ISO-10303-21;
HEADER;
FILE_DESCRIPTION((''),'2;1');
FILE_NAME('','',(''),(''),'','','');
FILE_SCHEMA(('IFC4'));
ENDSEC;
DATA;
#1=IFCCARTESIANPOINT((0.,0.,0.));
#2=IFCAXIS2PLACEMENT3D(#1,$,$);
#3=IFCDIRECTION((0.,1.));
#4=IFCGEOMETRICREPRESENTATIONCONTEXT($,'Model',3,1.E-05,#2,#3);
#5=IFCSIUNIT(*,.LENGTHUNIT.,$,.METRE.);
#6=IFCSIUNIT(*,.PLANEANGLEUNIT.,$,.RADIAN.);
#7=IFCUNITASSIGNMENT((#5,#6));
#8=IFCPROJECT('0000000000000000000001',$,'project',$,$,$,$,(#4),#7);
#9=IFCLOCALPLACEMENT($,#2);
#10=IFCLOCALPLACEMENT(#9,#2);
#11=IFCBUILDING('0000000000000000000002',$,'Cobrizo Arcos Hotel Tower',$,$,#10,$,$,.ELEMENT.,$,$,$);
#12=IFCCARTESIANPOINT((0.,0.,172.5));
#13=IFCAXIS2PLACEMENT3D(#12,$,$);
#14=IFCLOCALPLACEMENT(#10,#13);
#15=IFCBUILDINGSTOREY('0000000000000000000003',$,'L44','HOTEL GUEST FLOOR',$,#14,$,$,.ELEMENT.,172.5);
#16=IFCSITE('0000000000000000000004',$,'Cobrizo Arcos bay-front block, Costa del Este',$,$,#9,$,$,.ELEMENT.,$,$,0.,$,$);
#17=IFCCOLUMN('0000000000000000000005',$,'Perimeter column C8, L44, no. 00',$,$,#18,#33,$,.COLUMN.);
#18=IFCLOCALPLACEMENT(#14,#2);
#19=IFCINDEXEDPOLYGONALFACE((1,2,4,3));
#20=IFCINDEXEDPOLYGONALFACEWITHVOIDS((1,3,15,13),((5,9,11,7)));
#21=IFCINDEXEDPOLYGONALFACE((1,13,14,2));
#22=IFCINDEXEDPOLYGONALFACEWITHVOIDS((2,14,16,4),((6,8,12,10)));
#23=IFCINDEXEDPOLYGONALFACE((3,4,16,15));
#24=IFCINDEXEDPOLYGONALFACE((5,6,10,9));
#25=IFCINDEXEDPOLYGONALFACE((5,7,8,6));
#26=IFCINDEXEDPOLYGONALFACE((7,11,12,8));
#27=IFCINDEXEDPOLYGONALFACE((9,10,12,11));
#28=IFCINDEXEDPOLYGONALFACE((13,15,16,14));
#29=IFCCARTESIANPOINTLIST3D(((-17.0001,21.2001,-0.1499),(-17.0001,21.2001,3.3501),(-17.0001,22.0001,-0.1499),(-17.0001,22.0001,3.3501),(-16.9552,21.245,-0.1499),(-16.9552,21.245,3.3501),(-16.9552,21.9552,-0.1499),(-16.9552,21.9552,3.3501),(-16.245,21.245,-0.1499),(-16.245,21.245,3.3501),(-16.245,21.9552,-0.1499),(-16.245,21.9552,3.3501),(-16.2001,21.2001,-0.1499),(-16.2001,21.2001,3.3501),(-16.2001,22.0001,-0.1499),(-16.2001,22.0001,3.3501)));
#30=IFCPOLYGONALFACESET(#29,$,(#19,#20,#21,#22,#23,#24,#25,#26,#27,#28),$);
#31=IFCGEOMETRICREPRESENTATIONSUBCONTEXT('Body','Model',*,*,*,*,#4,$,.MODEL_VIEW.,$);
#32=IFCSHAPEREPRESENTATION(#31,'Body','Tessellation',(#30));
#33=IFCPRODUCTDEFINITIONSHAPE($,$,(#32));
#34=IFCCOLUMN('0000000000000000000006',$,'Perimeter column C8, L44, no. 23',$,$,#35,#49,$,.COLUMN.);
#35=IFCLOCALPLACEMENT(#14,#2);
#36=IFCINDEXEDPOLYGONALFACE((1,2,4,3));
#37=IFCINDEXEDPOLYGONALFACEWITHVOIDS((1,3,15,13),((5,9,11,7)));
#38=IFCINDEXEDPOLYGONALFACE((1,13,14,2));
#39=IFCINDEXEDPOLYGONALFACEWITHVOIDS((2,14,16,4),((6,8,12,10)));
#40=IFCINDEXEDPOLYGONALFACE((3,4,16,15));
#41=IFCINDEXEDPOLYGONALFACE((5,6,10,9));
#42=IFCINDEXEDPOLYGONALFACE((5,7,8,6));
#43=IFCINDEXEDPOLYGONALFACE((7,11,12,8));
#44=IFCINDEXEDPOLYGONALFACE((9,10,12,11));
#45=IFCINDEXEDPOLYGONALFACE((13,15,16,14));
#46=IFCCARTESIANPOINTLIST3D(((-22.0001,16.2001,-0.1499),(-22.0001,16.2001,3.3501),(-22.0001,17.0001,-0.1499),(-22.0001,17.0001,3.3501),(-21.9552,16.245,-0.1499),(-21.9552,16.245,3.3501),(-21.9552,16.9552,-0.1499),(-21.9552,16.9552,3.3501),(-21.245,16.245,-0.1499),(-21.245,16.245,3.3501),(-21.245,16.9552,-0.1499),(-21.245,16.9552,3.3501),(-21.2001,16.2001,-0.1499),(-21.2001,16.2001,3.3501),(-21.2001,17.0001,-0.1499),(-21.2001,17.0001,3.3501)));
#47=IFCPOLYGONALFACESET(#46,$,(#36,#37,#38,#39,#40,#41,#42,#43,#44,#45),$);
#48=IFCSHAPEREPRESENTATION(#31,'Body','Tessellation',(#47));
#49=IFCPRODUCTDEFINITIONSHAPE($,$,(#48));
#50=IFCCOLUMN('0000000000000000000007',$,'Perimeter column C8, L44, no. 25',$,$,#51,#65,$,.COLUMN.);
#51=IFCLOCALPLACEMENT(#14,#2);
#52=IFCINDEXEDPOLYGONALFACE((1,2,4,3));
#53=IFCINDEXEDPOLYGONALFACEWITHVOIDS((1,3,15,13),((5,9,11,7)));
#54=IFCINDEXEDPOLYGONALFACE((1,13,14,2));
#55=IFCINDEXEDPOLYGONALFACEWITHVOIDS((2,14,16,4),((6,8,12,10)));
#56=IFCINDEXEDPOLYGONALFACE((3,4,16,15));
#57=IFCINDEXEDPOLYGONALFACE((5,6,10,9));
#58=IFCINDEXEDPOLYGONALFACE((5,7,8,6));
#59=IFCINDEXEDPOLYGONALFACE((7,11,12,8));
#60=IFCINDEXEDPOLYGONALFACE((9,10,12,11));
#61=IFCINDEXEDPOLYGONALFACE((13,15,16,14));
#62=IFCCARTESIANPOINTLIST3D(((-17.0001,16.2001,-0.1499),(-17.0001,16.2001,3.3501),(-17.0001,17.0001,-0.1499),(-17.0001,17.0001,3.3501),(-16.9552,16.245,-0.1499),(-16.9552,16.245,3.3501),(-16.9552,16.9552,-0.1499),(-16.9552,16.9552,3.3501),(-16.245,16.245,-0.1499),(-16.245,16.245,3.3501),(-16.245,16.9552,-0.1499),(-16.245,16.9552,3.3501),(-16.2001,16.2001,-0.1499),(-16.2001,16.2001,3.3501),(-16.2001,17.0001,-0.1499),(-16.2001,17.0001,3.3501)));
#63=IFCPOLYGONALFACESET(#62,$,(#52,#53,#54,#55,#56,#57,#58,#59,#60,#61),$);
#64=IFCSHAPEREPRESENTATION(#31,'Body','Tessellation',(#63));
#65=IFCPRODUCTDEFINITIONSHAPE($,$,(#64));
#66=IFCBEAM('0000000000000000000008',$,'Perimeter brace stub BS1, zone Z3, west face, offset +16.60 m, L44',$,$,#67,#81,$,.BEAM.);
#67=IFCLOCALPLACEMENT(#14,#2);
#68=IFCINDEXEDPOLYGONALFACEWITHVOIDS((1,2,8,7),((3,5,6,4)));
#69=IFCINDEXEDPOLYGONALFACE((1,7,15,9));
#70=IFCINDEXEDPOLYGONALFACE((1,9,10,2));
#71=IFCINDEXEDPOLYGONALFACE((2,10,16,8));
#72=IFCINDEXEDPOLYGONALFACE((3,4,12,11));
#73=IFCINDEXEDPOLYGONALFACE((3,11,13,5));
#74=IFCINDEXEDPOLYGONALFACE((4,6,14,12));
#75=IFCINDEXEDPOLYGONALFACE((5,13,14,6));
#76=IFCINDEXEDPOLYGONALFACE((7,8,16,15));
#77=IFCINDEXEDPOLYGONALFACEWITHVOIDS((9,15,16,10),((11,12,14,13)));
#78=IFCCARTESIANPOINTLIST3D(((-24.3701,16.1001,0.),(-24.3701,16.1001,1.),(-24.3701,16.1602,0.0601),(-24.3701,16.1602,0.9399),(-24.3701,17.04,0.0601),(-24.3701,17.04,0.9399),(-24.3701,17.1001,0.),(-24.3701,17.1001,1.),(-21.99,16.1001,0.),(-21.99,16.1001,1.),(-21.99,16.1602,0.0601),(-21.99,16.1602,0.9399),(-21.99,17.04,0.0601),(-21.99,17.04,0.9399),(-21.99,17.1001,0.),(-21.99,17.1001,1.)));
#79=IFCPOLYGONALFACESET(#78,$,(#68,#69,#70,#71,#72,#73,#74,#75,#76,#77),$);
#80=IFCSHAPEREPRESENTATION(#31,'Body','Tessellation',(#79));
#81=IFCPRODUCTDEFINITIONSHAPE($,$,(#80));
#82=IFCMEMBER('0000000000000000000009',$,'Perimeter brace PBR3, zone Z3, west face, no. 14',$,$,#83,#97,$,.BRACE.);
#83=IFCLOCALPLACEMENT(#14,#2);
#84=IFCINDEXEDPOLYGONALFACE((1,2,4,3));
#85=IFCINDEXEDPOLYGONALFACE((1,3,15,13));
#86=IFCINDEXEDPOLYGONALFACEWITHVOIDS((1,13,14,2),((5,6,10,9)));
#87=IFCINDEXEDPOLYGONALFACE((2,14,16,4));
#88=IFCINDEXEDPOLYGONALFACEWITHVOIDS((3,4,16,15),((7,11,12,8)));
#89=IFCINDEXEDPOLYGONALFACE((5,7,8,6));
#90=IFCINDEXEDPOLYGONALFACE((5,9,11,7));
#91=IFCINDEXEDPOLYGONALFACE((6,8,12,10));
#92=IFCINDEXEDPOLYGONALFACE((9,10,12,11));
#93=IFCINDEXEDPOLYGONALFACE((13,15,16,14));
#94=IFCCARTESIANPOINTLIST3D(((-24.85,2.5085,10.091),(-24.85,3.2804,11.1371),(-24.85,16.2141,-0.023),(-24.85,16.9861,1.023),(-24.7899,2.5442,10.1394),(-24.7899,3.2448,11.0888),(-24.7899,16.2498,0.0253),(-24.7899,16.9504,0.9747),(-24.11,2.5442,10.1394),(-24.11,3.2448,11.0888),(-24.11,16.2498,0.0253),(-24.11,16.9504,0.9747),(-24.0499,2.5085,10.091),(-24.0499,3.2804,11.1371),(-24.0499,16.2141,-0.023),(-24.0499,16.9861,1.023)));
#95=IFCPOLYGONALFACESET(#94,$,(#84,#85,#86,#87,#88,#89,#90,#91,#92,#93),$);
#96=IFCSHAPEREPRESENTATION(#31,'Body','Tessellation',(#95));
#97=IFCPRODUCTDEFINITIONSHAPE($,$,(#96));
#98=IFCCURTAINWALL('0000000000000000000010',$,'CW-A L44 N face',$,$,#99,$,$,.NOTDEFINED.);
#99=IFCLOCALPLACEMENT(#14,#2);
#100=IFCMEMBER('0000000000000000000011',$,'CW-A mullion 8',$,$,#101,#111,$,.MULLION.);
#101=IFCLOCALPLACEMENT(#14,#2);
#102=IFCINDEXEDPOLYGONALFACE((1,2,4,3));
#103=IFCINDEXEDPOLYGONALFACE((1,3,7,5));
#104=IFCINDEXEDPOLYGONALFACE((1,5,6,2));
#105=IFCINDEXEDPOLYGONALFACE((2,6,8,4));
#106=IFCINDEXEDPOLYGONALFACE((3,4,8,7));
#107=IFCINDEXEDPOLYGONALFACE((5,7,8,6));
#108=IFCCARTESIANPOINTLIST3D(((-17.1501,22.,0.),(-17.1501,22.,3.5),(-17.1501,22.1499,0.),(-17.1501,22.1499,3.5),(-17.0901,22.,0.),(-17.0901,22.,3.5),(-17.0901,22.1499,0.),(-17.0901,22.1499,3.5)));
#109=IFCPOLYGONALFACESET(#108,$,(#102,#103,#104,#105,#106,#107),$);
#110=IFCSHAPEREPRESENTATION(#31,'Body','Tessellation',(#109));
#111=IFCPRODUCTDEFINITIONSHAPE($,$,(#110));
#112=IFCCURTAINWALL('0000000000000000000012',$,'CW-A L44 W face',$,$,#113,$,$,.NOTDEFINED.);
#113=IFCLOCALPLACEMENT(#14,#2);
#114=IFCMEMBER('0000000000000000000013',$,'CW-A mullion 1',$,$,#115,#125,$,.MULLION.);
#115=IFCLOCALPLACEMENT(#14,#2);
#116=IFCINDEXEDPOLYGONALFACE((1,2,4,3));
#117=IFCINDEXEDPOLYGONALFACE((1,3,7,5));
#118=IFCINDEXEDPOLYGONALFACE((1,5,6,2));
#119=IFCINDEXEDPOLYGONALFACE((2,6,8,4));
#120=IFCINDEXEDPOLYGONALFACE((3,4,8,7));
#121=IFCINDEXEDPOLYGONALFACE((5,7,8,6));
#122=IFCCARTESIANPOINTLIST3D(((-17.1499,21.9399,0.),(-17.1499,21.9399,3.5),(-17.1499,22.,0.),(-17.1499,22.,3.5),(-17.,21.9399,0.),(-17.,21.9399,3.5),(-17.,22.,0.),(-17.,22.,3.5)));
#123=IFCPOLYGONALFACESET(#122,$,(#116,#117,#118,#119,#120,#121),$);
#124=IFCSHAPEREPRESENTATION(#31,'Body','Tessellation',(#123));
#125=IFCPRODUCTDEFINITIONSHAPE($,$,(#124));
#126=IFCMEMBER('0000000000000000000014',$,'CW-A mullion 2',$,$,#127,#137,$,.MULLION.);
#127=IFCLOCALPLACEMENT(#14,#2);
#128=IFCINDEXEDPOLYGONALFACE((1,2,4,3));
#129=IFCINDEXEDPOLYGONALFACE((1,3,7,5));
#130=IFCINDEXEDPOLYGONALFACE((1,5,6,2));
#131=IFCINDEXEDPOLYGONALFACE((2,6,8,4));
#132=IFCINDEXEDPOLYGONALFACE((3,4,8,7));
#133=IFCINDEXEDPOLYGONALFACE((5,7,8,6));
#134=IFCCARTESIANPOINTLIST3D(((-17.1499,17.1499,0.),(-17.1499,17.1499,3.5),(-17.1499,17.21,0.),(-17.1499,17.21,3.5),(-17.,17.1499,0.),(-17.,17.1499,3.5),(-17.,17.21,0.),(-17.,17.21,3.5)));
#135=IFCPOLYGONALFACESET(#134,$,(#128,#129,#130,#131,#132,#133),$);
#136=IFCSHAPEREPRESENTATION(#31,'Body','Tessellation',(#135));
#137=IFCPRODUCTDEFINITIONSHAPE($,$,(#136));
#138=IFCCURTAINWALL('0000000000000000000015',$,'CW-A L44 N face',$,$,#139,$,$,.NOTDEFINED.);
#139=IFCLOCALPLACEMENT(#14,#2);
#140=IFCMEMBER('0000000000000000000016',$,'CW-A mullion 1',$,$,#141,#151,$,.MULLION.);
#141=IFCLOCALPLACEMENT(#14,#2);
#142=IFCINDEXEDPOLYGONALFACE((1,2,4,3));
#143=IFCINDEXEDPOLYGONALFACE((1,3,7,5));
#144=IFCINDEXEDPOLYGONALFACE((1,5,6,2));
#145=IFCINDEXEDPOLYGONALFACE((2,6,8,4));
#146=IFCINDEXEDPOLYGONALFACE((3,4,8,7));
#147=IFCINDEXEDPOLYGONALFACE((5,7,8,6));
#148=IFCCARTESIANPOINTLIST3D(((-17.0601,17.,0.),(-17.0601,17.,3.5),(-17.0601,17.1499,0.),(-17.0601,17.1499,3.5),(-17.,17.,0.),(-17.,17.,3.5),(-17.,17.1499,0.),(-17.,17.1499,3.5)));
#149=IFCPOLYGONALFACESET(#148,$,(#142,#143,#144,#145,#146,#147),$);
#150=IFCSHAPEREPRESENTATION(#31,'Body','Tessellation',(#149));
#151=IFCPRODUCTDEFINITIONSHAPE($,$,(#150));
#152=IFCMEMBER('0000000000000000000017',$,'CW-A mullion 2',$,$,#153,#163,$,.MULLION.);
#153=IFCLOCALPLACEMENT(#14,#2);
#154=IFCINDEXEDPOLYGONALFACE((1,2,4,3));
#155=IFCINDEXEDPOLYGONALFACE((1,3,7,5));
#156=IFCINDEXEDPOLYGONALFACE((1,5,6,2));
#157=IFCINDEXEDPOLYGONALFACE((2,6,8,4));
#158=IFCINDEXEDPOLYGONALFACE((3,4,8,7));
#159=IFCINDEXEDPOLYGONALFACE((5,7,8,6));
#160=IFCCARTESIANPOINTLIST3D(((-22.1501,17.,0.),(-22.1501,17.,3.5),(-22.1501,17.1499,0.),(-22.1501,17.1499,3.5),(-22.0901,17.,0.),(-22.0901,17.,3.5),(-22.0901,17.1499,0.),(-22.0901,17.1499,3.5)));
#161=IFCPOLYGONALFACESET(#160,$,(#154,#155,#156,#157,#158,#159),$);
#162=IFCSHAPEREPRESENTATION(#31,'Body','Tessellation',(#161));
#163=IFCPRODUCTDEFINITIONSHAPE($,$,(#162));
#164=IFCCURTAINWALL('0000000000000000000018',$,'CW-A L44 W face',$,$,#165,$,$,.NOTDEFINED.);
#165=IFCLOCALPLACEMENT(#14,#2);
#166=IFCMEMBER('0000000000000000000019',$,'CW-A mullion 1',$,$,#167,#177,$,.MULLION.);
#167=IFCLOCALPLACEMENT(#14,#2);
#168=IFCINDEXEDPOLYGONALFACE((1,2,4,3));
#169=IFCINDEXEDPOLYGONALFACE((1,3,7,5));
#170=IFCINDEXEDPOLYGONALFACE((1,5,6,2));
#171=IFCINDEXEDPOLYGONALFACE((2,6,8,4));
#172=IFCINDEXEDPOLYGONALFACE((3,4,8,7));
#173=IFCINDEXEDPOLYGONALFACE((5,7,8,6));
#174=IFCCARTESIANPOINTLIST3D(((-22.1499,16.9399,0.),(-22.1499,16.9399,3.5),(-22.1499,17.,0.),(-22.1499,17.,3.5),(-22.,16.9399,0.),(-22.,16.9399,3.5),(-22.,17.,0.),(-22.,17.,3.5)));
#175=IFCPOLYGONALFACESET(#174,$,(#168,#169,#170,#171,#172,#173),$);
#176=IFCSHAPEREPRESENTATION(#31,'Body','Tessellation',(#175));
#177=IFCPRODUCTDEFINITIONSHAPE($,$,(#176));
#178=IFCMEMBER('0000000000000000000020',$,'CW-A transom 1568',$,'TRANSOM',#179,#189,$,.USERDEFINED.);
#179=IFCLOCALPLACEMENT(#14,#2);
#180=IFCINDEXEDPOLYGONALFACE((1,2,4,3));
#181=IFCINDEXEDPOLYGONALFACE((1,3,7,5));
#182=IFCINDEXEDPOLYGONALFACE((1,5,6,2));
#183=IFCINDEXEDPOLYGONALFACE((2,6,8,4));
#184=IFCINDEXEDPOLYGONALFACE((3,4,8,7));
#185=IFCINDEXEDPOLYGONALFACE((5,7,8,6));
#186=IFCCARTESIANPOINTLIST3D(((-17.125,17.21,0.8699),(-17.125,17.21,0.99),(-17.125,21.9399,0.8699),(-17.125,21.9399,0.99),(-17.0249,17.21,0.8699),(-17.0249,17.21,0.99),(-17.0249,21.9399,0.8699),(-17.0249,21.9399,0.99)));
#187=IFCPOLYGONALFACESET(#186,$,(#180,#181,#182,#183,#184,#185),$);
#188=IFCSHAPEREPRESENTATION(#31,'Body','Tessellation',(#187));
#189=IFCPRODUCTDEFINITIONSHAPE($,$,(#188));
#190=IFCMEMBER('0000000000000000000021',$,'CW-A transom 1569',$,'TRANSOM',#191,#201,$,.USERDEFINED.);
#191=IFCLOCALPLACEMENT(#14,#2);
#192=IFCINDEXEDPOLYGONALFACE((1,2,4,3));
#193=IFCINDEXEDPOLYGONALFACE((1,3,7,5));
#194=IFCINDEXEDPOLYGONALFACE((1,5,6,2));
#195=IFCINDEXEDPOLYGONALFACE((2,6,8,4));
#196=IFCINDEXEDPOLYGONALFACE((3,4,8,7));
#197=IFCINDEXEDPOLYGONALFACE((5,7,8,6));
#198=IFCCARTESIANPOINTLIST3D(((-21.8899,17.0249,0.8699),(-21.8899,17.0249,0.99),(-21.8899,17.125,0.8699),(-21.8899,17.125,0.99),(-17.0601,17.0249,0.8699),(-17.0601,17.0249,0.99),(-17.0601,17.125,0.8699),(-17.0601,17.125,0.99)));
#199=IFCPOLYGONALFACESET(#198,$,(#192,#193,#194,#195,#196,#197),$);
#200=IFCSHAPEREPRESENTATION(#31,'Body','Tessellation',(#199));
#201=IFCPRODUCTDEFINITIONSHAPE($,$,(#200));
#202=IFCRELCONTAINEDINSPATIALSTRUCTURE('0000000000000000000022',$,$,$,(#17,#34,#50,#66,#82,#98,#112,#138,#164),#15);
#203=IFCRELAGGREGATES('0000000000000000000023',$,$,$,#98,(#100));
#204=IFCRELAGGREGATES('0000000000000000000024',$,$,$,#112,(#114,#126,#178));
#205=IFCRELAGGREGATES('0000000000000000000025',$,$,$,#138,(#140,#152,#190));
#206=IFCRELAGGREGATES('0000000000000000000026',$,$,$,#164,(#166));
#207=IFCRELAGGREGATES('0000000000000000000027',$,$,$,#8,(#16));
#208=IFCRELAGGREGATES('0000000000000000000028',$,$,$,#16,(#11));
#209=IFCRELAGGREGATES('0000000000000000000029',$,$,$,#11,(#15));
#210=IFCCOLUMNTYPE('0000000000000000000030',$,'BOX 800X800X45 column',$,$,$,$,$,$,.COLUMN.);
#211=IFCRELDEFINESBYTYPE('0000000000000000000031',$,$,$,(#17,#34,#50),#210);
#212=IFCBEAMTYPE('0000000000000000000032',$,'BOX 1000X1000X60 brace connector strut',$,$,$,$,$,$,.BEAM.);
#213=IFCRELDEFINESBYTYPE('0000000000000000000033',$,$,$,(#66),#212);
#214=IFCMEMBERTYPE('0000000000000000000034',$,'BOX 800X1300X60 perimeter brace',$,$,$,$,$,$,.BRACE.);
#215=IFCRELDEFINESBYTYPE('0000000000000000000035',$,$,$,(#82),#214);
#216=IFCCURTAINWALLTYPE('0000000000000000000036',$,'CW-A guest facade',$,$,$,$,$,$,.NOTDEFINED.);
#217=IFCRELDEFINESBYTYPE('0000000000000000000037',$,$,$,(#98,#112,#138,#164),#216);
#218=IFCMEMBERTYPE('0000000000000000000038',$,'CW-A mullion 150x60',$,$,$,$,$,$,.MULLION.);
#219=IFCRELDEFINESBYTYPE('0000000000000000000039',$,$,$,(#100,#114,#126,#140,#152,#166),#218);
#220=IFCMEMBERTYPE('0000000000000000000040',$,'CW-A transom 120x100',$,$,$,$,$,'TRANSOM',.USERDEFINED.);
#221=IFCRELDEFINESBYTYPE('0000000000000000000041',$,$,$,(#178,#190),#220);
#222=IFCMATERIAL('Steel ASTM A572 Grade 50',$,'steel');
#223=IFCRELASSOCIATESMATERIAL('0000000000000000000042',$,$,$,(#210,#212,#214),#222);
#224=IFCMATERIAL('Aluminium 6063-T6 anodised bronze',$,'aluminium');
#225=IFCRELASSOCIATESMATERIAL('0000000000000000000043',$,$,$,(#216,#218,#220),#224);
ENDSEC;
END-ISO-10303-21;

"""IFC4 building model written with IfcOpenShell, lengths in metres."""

from ifc_helpers import new_model, si_unit, direction, frame, origin, origin_2d, place, context, subcontext, project, spatial, rectangle, hollow_rectangle, extrude, material, material_profile, profile_set, type_object, element, aggregate, save


model = new_model("IFC4")

# Units and contexts
model_context = context("Model", 3, precision=1e-05, world=origin(), true_north=direction((0.0, 1.0)))
body_context = subcontext(model_context, "Body", "Model", "MODEL_VIEW")
ifc_project = project(units=[si_unit("LENGTHUNIT", "METRE"), si_unit("PLANEANGLEUNIT", "RADIAN")], contexts=[model_context])

# Site, building, storey
site_placement = place(None, origin())
site = spatial("IfcSite", under=ifc_project, at=site_placement, Name="Cobrizo Arcos bay-front block, Costa del Este", CompositionType="ELEMENT", RefElevation=0.0)
building_placement = place(site_placement, origin())
building = spatial("IfcBuilding", under=site, at=building_placement, Name="Cobrizo Arcos Hotel Tower", CompositionType="ELEMENT")
storey_placement = place(building_placement, frame((0.0, 0.0, 172.5)))
storey = spatial("IfcBuildingStorey", under=building, at=storey_placement, Name="L44", Description="HOTEL GUEST FLOOR", CompositionType="ELEMENT", Elevation=172.5)

# Columns
ifc_material_1 = material(Name="Steel ASTM A572 Grade 50", Category="steel")
ifc_material_profile_1 = material_profile(ifc_material_1, hollow_rectangle(XDim=0.8, YDim=0.8, WallThickness=0.0449, at=origin_2d()), Name="BOX 800X800X45")
ifc_profile_set_1 = profile_set([ifc_material_profile_1], Name="Steel ASTM A572 Grade 50")
column_type = type_object("IfcColumnType", Name="BOX 800X800X45 column", PredefinedType="COLUMN", material=ifc_profile_set_1)
for number, where, z_axis, x_axis, name in (
    (1, (-16.6001, 21.6001, -0.1499), (0.0, 0.0, 1.0), (1.0, 0.0, 0.0), "Perimeter column C8, L44, no. 00"),
    (2, (-21.6001, 16.6001, -0.1499), (0.0, 0.0, 1.0), (1.0, 0.0, 0.0), "Perimeter column C8, L44, no. 23"),
    (3, (-16.6001, 16.6001, -0.1499), (0.0, 0.0, 1.0), (1.0, 0.0, 0.0), "Perimeter column C8, L44, no. 25"),
):
    element("IfcColumn", number, at=place(storey_placement, frame(where, z_axis=z_axis, x_axis=x_axis)), inside=storey, type_object=column_type, Name=name, PredefinedType="COLUMN", context=body_context, shape_type="SweptSolid", body=[
        extrude(hollow_rectangle(XDim=0.8, YDim=0.8, WallThickness=0.0449, at=origin_2d()), origin(), (0.0, 0.0, 1.0), 3.5),
    ])

# Beam
ifc_material_profile_2 = material_profile(ifc_material_1, hollow_rectangle(XDim=1.0, YDim=1.0, WallThickness=0.0601, at=origin_2d()), Name="BOX 1000X1000X60")
ifc_profile_set_2 = profile_set([ifc_material_profile_2], Name="Steel ASTM A572 Grade 50")
beam_type_1 = type_object("IfcBeamType", Name="BOX 1000X1000X60 brace connector strut", PredefinedType="BEAM", material=ifc_profile_set_2)
beam_1_placement = place(storey_placement, frame((-21.99, 16.6001, 0.5), z_axis=(-1.0, 0.0, 0.0), x_axis=(0.0, -1.0, 0.0)))
element("IfcBeam", 4, at=beam_1_placement, inside=storey, type_object=beam_type_1, Name="Perimeter brace stub BS1, zone Z3, west face, offset +16.60 m, L44", PredefinedType="BEAM", context=body_context, shape_type="SweptSolid", body=[
    extrude(hollow_rectangle(XDim=1.0, YDim=1.0, WallThickness=0.0601, at=origin_2d()), origin(), (0.0, 0.0, 1.0), 2.3801),
])

# Member
ifc_material_profile_3 = material_profile(ifc_material_1, hollow_rectangle(XDim=0.8, YDim=1.3, WallThickness=0.0601, at=origin_2d()), Name="BOX 800X1300X60")
ifc_profile_set_3 = profile_set([ifc_material_profile_3], Name="Steel ASTM A572 Grade 50")
member_type_1 = type_object("IfcMemberType", Name="BOX 800X1300X60 perimeter brace", PredefinedType="BRACE", material=ifc_profile_set_3)
member_1_placement = place(storey_placement, frame((-24.45, 16.6001, 0.5), z_axis=(0.0, -0.80463, 0.593776), x_axis=(1.0, 0.0, 0.0)))
element("IfcMember", 5, at=member_1_placement, inside=storey, type_object=member_type_1, Name="Perimeter brace PBR3, zone Z3, west face, no. 14", PredefinedType="BRACE", context=body_context, shape_type="SweptSolid", body=[
    extrude(hollow_rectangle(XDim=0.8, YDim=1.3, WallThickness=0.0601, at=origin_2d()), origin(), (0.0, 0.0, 1.0), 17.0334),
])

# Curtain wall, member
ifc_material_2 = material(Name="Aluminium 6063-T6 anodised bronze", Category="aluminium")
curtain_wall_type = type_object("IfcCurtainWallType", Name="CW-A guest facade", PredefinedType="NOTDEFINED", material=ifc_material_2)
curtain_wall_1_placement = place(storey_placement, origin())
curtain_wall_1 = element("IfcCurtainWall", 6, at=curtain_wall_1_placement, inside=storey, type_object=curtain_wall_type, Name="CW-A L44 N face", PredefinedType="NOTDEFINED")
ifc_material_profile_4 = material_profile(ifc_material_2, rectangle(XDim=0.1499, YDim=0.0601, at=origin_2d()), Name="CW-A mullion 150x60")
ifc_profile_set_4 = profile_set([ifc_material_profile_4], Name="Aluminium 6063-T6 anodised bronze")
member_type_2 = type_object("IfcMemberType", Name="CW-A mullion 150x60", PredefinedType="MULLION", material=ifc_profile_set_4)
member_2_placement = place(storey_placement, frame((-17.1201, 22.075, 0.0), z_axis=(0.0, 0.0, 1.0), x_axis=(0.0, 1.0, 0.0)))
member_2 = element("IfcMember", 7, at=member_2_placement, type_object=member_type_2, Name="CW-A mullion 8", PredefinedType="MULLION", context=body_context, shape_type="SweptSolid", body=[
    extrude(rectangle(XDim=0.1499, YDim=0.0601, at=origin_2d()), origin(), (0.0, 0.0, 1.0), 3.5),
])
aggregate(curtain_wall_1, [member_2])

# Curtain walls, members
curtain_wall_2_placement = place(storey_placement, origin())
curtain_wall_2 = element("IfcCurtainWall", 8, at=curtain_wall_2_placement, inside=storey, type_object=curtain_wall_type, Name="CW-A L44 W face", PredefinedType="NOTDEFINED")
member_3_placement = place(storey_placement, frame((-17.075, 21.97, 0.0), z_axis=(0.0, 0.0, 1.0), x_axis=(-1.0, 0.0, 0.0)))
member_3 = element("IfcMember", 9, at=member_3_placement, type_object=member_type_2, Name="CW-A mullion 1", PredefinedType="MULLION", context=body_context, shape_type="SweptSolid", body=[
    extrude(rectangle(XDim=0.1499, YDim=0.0601, at=origin_2d()), origin(), (0.0, 0.0, 1.0), 3.5),
])
member_4_placement = place(storey_placement, frame((-17.075, 17.1799, 0.0), z_axis=(0.0, 0.0, 1.0), x_axis=(-1.0, 0.0, 0.0)))
member_4 = element("IfcMember", 10, at=member_4_placement, type_object=member_type_2, Name="CW-A mullion 2", PredefinedType="MULLION", context=body_context, shape_type="SweptSolid", body=[
    extrude(rectangle(XDim=0.1499, YDim=0.0601, at=origin_2d()), origin(), (0.0, 0.0, 1.0), 3.5),
])
curtain_wall_3_placement = place(storey_placement, origin())
curtain_wall_3 = element("IfcCurtainWall", 11, at=curtain_wall_3_placement, inside=storey, type_object=curtain_wall_type, Name="CW-A L44 N face", PredefinedType="NOTDEFINED")
member_5_placement = place(storey_placement, frame((-17.03, 17.075, 0.0), z_axis=(0.0, 0.0, 1.0), x_axis=(0.0, 1.0, 0.0)))
member_5 = element("IfcMember", 12, at=member_5_placement, type_object=member_type_2, Name="CW-A mullion 1", PredefinedType="MULLION", context=body_context, shape_type="SweptSolid", body=[
    extrude(rectangle(XDim=0.1499, YDim=0.0601, at=origin_2d()), origin(), (0.0, 0.0, 1.0), 3.5),
])
member_6_placement = place(storey_placement, frame((-22.1201, 17.075, 0.0), z_axis=(0.0, 0.0, 1.0), x_axis=(0.0, 1.0, 0.0)))
member_6 = element("IfcMember", 13, at=member_6_placement, type_object=member_type_2, Name="CW-A mullion 2", PredefinedType="MULLION", context=body_context, shape_type="SweptSolid", body=[
    extrude(rectangle(XDim=0.1499, YDim=0.0601, at=origin_2d()), origin(), (0.0, 0.0, 1.0), 3.5),
])

# Curtain wall, member
curtain_wall_4_placement = place(storey_placement, origin())
curtain_wall_4 = element("IfcCurtainWall", 14, at=curtain_wall_4_placement, inside=storey, type_object=curtain_wall_type, Name="CW-A L44 W face", PredefinedType="NOTDEFINED")
member_7_placement = place(storey_placement, frame((-22.075, 16.97, 0.0), z_axis=(0.0, 0.0, 1.0), x_axis=(-1.0, 0.0, 0.0)))
member_7 = element("IfcMember", 15, at=member_7_placement, type_object=member_type_2, Name="CW-A mullion 1", PredefinedType="MULLION", context=body_context, shape_type="SweptSolid", body=[
    extrude(rectangle(XDim=0.1499, YDim=0.0601, at=origin_2d()), origin(), (0.0, 0.0, 1.0), 3.5),
])

# Members
ifc_material_profile_5 = material_profile(ifc_material_2, rectangle(XDim=0.1001, YDim=0.1201, at=origin_2d()), Name="CW-A transom 120x100")
ifc_profile_set_5 = profile_set([ifc_material_profile_5], Name="Aluminium 6063-T6 anodised bronze")
member_type_3 = type_object("IfcMemberType", Name="CW-A transom 120x100", ElementType="TRANSOM", PredefinedType="USERDEFINED", material=ifc_profile_set_5)
member_8_placement = place(storey_placement, frame((-17.075, 21.9399, 0.9299), z_axis=(0.0, -1.0, 0.0), x_axis=(1.0, 0.0, 0.0)))
member_8 = element("IfcMember", 16, at=member_8_placement, type_object=member_type_3, Name="CW-A transom 1568", ObjectType="TRANSOM", PredefinedType="USERDEFINED", context=body_context, shape_type="SweptSolid", body=[
    extrude(rectangle(XDim=0.1001, YDim=0.1201, at=origin_2d()), origin(), (0.0, 0.0, 1.0), 4.73),
])
member_9_placement = place(storey_placement, frame((-17.0601, 17.075, 0.9299), z_axis=(-1.0, 0.0, 0.0), x_axis=(0.0, -1.0, 0.0)))
member_9 = element("IfcMember", 17, at=member_9_placement, type_object=member_type_3, Name="CW-A transom 1569", ObjectType="TRANSOM", PredefinedType="USERDEFINED", context=body_context, shape_type="SweptSolid", body=[
    extrude(rectangle(XDim=0.1001, YDim=0.1201, at=origin_2d()), origin(), (0.0, 0.0, 1.0), 4.8298),
])

aggregate(curtain_wall_2, [member_3, member_4, member_8])
aggregate(curtain_wall_3, [member_5, member_6, member_9])
aggregate(curtain_wall_4, [member_7])

save(model, "model.ifc")
